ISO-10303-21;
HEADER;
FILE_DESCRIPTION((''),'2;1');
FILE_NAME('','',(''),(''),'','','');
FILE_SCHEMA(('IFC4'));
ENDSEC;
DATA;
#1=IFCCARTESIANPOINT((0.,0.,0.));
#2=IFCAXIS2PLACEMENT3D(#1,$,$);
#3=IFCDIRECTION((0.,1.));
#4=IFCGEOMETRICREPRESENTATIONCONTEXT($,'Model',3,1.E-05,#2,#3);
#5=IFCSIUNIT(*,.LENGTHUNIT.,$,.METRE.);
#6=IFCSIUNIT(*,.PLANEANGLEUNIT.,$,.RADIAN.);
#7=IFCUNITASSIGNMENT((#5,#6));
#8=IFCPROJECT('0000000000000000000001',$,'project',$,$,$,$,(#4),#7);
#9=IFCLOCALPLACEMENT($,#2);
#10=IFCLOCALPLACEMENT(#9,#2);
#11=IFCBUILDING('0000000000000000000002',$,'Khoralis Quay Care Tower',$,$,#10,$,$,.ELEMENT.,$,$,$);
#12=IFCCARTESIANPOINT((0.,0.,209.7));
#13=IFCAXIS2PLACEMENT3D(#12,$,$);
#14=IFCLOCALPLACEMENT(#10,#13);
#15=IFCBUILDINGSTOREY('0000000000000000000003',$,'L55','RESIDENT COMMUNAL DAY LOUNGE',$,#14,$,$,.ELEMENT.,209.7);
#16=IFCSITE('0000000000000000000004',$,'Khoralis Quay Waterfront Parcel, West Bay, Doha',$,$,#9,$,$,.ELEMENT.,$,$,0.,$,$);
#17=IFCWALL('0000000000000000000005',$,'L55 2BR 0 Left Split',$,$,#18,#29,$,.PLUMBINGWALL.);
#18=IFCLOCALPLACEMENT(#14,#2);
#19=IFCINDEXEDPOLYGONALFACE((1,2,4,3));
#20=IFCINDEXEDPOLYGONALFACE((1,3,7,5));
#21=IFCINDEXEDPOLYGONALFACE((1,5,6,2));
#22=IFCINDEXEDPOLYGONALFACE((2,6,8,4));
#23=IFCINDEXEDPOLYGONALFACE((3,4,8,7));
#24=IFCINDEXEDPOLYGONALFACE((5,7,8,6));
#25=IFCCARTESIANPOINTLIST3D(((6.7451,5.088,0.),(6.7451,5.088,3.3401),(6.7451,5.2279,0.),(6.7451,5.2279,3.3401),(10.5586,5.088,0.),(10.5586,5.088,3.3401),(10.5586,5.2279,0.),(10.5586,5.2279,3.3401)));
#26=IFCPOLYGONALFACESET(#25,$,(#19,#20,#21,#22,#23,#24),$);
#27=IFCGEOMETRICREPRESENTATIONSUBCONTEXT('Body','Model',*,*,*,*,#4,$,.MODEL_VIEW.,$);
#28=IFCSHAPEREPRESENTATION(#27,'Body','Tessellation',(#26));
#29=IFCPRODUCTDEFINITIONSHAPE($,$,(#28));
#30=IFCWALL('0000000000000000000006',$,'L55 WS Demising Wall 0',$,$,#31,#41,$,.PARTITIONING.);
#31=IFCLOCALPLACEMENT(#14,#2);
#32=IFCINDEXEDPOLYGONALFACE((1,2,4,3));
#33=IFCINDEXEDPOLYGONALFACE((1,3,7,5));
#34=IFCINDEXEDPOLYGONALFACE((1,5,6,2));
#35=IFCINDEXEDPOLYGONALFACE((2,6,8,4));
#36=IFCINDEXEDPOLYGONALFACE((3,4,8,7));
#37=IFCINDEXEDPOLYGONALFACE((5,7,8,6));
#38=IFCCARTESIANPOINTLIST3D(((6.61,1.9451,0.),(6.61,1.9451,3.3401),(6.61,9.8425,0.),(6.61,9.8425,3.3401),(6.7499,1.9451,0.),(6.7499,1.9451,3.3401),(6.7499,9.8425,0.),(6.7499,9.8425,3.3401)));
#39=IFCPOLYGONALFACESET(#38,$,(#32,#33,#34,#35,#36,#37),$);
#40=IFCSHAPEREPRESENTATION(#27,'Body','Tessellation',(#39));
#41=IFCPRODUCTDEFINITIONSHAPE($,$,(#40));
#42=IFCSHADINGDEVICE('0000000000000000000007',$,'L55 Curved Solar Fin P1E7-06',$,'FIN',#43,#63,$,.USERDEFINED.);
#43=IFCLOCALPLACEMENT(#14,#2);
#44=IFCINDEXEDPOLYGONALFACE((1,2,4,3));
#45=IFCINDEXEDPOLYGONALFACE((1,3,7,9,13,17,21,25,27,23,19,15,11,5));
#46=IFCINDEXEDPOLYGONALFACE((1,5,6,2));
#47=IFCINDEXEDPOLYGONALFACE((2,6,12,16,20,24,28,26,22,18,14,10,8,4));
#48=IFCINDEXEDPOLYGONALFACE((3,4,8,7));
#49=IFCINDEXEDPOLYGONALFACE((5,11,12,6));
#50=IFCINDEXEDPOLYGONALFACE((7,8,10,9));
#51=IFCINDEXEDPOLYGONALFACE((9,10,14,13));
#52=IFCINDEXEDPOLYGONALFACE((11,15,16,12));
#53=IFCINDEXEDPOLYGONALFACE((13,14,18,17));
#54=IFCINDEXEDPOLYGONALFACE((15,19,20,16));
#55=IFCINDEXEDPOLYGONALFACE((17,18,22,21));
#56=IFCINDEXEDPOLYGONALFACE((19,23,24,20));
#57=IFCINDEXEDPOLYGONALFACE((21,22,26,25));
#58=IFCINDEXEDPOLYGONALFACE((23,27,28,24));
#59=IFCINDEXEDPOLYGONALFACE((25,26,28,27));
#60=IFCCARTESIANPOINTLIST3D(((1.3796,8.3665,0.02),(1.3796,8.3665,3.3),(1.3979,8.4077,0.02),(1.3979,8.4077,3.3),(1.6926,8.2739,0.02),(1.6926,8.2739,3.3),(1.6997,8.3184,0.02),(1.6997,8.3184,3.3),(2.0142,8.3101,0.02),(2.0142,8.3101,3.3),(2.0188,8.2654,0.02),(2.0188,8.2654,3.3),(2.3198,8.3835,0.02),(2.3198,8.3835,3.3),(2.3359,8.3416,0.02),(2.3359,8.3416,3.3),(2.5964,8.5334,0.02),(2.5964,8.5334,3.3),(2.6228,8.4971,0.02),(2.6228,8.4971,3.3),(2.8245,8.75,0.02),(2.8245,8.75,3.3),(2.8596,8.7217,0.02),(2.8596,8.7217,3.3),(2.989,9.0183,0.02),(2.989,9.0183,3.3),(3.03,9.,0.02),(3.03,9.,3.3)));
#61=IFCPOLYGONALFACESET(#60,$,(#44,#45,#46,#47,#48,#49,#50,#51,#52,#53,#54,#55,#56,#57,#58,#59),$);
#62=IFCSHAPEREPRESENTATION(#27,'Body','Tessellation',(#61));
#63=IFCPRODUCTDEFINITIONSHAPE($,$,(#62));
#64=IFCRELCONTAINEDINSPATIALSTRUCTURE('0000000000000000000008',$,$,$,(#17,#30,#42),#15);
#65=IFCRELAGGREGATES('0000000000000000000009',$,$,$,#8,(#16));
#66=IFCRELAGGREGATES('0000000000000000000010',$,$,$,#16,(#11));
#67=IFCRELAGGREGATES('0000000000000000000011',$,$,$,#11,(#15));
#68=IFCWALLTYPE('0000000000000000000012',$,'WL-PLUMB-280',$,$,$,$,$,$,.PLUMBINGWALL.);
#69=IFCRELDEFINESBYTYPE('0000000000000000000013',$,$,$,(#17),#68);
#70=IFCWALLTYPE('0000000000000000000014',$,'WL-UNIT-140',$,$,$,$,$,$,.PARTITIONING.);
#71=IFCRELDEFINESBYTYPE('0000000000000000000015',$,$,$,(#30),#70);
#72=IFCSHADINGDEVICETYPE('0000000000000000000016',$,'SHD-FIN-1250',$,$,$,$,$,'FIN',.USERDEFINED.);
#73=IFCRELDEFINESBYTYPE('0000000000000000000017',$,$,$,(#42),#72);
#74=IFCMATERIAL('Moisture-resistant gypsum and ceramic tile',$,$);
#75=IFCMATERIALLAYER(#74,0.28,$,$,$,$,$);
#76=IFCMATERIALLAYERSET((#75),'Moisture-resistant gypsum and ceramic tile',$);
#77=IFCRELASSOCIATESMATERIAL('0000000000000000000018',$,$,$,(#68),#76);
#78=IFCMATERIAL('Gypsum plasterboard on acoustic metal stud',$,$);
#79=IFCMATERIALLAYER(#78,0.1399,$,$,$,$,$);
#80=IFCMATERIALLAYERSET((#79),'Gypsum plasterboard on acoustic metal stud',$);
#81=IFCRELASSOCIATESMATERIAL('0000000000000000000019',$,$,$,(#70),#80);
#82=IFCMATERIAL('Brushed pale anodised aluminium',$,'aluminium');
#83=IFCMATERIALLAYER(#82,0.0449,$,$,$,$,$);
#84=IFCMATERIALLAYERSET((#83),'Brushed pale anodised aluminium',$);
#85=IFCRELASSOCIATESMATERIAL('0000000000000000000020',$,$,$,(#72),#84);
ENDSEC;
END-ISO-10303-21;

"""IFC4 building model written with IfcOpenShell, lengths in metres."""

from ifc_helpers import new_model, si_unit, direction, frame, frame_2d, origin, place, context, subcontext, project, spatial, polyline, rectangle, outline, extrude, source, transform, mapped, material, layer, layer_set, type_object, element, save


model = new_model("IFC4")

# Units and contexts
model_context = context("Model", 3, precision=1e-05, world=origin(), true_north=direction((0.0, 1.0)))
body_context = subcontext(model_context, "Body", "Model", "MODEL_VIEW")
ifc_project = project(units=[si_unit("LENGTHUNIT", "METRE"), si_unit("PLANEANGLEUNIT", "RADIAN")], contexts=[model_context])

# Site, building, storey
site_placement = place(None, origin())
site = spatial("IfcSite", under=ifc_project, at=site_placement, Name="Khoralis Quay Waterfront Parcel, West Bay, Doha", CompositionType="ELEMENT", RefElevation=0.0)
building_placement = place(site_placement, origin())
building = spatial("IfcBuilding", under=site, at=building_placement, Name="Khoralis Quay Care Tower", CompositionType="ELEMENT")
storey_placement = place(building_placement, frame((0.0, 0.0, 209.7)))
storey = spatial("IfcBuildingStorey", under=building, at=storey_placement, Name="L55", Description="RESIDENT COMMUNAL DAY LOUNGE", CompositionType="ELEMENT", Elevation=209.7)

# Shared definitions
ifc_material_1 = material(Name="Gypsum plasterboard on acoustic metal stud")

# Walls
ifc_material_2 = material(Name="Moisture-resistant gypsum and ceramic tile")
ifc_layer_1 = layer(ifc_material_2, 0.28)
ifc_layer_set_1 = layer_set([ifc_layer_1], Name="Moisture-resistant gypsum and ceramic tile")
wall_type_1 = type_object("IfcWallType", Name="WL-PLUMB-280", PredefinedType="PLUMBINGWALL", material=ifc_layer_set_1)
wall_1_placement = place(storey_placement, frame((6.7451, 5.158, 0.0), z_axis=(0.0, 0.0, 1.0), x_axis=(1.0, 0.0, 0.0)))
element("IfcWall", 1, at=wall_1_placement, inside=storey, type_object=wall_type_1, Name="L55 2BR 0 Left Split", PredefinedType="PLUMBINGWALL", context=body_context, shape_type="SweptSolid", body=[
    extrude(rectangle(XDim=3.8135, YDim=0.1399, at=frame_2d((1.9067, 0.0))), origin(), (0.0, 0.0, 1.0), 3.3401),
])
ifc_layer_2 = layer(ifc_material_1, 0.1399)
ifc_layer_set_2 = layer_set([ifc_layer_2], Name="Gypsum plasterboard on acoustic metal stud")
wall_type_2 = type_object("IfcWallType", Name="WL-UNIT-140", PredefinedType="PARTITIONING", material=ifc_layer_set_2)
wall_2_placement = place(storey_placement, frame((6.6799, 1.9451, 0.0), z_axis=(0.0, 0.0, 1.0), x_axis=(0.0, 1.0, 0.0)))
element("IfcWall", 2, at=wall_2_placement, inside=storey, type_object=wall_type_2, Name="L55 WS Demising Wall 0", PredefinedType="PARTITIONING", context=body_context, shape_type="SweptSolid", body=[
    extrude(rectangle(XDim=7.8975, YDim=0.1399, at=frame_2d((3.9487, 0.0))), origin(), (0.0, 0.0, 1.0), 3.3401),
])

# Shading device
ifc_material_3 = material(Name="Brushed pale anodised aluminium", Category="aluminium")
ifc_layer_3 = layer(ifc_material_3, 0.0449)
ifc_layer_set_3 = layer_set([ifc_layer_3], Name="Brushed pale anodised aluminium")
shading_device_type = type_object("IfcShadingDeviceType", Name="SHD-FIN-1250", ElementType="FIN", PredefinedType="USERDEFINED", material=ifc_layer_set_3)
shared_shape_1 = source(origin(), body_context, "Body", "SweptSolid", [
    extrude(outline(polyline([(0.0, 0.0), (0.1704, 0.2783), (0.4072, 0.5029), (0.6941, 0.6584), (1.0112, 0.7346), (1.3374, 0.7261), (1.6504, 0.6335), (1.6321, 0.5923), (1.3303, 0.6816), (1.0159, 0.6899), (0.7102, 0.6165), (0.4336, 0.4666), (0.2056, 0.25), (0.041, -0.0183), (0.0, 0.0)])), origin(), (0.0, 0.0, 1.0), 3.28),
])
shading_device_placement = place(storey_placement, frame((3.03, 9.0, 0.02), z_axis=(0.0, 0.0, 1.0), x_axis=(-1.0, 0.0, 0.0)))
element("IfcShadingDevice", 3, at=shading_device_placement, inside=storey, type_object=shading_device_type, Name="L55 Curved Solar Fin P1E7-06", ObjectType="FIN", PredefinedType="USERDEFINED", context=body_context, shape_type="MappedRepresentation", body=[
    mapped(shared_shape_1, transform((0.0, 0.0, 0.0), scale=1.0)),
])

save(model, "model.ifc")
